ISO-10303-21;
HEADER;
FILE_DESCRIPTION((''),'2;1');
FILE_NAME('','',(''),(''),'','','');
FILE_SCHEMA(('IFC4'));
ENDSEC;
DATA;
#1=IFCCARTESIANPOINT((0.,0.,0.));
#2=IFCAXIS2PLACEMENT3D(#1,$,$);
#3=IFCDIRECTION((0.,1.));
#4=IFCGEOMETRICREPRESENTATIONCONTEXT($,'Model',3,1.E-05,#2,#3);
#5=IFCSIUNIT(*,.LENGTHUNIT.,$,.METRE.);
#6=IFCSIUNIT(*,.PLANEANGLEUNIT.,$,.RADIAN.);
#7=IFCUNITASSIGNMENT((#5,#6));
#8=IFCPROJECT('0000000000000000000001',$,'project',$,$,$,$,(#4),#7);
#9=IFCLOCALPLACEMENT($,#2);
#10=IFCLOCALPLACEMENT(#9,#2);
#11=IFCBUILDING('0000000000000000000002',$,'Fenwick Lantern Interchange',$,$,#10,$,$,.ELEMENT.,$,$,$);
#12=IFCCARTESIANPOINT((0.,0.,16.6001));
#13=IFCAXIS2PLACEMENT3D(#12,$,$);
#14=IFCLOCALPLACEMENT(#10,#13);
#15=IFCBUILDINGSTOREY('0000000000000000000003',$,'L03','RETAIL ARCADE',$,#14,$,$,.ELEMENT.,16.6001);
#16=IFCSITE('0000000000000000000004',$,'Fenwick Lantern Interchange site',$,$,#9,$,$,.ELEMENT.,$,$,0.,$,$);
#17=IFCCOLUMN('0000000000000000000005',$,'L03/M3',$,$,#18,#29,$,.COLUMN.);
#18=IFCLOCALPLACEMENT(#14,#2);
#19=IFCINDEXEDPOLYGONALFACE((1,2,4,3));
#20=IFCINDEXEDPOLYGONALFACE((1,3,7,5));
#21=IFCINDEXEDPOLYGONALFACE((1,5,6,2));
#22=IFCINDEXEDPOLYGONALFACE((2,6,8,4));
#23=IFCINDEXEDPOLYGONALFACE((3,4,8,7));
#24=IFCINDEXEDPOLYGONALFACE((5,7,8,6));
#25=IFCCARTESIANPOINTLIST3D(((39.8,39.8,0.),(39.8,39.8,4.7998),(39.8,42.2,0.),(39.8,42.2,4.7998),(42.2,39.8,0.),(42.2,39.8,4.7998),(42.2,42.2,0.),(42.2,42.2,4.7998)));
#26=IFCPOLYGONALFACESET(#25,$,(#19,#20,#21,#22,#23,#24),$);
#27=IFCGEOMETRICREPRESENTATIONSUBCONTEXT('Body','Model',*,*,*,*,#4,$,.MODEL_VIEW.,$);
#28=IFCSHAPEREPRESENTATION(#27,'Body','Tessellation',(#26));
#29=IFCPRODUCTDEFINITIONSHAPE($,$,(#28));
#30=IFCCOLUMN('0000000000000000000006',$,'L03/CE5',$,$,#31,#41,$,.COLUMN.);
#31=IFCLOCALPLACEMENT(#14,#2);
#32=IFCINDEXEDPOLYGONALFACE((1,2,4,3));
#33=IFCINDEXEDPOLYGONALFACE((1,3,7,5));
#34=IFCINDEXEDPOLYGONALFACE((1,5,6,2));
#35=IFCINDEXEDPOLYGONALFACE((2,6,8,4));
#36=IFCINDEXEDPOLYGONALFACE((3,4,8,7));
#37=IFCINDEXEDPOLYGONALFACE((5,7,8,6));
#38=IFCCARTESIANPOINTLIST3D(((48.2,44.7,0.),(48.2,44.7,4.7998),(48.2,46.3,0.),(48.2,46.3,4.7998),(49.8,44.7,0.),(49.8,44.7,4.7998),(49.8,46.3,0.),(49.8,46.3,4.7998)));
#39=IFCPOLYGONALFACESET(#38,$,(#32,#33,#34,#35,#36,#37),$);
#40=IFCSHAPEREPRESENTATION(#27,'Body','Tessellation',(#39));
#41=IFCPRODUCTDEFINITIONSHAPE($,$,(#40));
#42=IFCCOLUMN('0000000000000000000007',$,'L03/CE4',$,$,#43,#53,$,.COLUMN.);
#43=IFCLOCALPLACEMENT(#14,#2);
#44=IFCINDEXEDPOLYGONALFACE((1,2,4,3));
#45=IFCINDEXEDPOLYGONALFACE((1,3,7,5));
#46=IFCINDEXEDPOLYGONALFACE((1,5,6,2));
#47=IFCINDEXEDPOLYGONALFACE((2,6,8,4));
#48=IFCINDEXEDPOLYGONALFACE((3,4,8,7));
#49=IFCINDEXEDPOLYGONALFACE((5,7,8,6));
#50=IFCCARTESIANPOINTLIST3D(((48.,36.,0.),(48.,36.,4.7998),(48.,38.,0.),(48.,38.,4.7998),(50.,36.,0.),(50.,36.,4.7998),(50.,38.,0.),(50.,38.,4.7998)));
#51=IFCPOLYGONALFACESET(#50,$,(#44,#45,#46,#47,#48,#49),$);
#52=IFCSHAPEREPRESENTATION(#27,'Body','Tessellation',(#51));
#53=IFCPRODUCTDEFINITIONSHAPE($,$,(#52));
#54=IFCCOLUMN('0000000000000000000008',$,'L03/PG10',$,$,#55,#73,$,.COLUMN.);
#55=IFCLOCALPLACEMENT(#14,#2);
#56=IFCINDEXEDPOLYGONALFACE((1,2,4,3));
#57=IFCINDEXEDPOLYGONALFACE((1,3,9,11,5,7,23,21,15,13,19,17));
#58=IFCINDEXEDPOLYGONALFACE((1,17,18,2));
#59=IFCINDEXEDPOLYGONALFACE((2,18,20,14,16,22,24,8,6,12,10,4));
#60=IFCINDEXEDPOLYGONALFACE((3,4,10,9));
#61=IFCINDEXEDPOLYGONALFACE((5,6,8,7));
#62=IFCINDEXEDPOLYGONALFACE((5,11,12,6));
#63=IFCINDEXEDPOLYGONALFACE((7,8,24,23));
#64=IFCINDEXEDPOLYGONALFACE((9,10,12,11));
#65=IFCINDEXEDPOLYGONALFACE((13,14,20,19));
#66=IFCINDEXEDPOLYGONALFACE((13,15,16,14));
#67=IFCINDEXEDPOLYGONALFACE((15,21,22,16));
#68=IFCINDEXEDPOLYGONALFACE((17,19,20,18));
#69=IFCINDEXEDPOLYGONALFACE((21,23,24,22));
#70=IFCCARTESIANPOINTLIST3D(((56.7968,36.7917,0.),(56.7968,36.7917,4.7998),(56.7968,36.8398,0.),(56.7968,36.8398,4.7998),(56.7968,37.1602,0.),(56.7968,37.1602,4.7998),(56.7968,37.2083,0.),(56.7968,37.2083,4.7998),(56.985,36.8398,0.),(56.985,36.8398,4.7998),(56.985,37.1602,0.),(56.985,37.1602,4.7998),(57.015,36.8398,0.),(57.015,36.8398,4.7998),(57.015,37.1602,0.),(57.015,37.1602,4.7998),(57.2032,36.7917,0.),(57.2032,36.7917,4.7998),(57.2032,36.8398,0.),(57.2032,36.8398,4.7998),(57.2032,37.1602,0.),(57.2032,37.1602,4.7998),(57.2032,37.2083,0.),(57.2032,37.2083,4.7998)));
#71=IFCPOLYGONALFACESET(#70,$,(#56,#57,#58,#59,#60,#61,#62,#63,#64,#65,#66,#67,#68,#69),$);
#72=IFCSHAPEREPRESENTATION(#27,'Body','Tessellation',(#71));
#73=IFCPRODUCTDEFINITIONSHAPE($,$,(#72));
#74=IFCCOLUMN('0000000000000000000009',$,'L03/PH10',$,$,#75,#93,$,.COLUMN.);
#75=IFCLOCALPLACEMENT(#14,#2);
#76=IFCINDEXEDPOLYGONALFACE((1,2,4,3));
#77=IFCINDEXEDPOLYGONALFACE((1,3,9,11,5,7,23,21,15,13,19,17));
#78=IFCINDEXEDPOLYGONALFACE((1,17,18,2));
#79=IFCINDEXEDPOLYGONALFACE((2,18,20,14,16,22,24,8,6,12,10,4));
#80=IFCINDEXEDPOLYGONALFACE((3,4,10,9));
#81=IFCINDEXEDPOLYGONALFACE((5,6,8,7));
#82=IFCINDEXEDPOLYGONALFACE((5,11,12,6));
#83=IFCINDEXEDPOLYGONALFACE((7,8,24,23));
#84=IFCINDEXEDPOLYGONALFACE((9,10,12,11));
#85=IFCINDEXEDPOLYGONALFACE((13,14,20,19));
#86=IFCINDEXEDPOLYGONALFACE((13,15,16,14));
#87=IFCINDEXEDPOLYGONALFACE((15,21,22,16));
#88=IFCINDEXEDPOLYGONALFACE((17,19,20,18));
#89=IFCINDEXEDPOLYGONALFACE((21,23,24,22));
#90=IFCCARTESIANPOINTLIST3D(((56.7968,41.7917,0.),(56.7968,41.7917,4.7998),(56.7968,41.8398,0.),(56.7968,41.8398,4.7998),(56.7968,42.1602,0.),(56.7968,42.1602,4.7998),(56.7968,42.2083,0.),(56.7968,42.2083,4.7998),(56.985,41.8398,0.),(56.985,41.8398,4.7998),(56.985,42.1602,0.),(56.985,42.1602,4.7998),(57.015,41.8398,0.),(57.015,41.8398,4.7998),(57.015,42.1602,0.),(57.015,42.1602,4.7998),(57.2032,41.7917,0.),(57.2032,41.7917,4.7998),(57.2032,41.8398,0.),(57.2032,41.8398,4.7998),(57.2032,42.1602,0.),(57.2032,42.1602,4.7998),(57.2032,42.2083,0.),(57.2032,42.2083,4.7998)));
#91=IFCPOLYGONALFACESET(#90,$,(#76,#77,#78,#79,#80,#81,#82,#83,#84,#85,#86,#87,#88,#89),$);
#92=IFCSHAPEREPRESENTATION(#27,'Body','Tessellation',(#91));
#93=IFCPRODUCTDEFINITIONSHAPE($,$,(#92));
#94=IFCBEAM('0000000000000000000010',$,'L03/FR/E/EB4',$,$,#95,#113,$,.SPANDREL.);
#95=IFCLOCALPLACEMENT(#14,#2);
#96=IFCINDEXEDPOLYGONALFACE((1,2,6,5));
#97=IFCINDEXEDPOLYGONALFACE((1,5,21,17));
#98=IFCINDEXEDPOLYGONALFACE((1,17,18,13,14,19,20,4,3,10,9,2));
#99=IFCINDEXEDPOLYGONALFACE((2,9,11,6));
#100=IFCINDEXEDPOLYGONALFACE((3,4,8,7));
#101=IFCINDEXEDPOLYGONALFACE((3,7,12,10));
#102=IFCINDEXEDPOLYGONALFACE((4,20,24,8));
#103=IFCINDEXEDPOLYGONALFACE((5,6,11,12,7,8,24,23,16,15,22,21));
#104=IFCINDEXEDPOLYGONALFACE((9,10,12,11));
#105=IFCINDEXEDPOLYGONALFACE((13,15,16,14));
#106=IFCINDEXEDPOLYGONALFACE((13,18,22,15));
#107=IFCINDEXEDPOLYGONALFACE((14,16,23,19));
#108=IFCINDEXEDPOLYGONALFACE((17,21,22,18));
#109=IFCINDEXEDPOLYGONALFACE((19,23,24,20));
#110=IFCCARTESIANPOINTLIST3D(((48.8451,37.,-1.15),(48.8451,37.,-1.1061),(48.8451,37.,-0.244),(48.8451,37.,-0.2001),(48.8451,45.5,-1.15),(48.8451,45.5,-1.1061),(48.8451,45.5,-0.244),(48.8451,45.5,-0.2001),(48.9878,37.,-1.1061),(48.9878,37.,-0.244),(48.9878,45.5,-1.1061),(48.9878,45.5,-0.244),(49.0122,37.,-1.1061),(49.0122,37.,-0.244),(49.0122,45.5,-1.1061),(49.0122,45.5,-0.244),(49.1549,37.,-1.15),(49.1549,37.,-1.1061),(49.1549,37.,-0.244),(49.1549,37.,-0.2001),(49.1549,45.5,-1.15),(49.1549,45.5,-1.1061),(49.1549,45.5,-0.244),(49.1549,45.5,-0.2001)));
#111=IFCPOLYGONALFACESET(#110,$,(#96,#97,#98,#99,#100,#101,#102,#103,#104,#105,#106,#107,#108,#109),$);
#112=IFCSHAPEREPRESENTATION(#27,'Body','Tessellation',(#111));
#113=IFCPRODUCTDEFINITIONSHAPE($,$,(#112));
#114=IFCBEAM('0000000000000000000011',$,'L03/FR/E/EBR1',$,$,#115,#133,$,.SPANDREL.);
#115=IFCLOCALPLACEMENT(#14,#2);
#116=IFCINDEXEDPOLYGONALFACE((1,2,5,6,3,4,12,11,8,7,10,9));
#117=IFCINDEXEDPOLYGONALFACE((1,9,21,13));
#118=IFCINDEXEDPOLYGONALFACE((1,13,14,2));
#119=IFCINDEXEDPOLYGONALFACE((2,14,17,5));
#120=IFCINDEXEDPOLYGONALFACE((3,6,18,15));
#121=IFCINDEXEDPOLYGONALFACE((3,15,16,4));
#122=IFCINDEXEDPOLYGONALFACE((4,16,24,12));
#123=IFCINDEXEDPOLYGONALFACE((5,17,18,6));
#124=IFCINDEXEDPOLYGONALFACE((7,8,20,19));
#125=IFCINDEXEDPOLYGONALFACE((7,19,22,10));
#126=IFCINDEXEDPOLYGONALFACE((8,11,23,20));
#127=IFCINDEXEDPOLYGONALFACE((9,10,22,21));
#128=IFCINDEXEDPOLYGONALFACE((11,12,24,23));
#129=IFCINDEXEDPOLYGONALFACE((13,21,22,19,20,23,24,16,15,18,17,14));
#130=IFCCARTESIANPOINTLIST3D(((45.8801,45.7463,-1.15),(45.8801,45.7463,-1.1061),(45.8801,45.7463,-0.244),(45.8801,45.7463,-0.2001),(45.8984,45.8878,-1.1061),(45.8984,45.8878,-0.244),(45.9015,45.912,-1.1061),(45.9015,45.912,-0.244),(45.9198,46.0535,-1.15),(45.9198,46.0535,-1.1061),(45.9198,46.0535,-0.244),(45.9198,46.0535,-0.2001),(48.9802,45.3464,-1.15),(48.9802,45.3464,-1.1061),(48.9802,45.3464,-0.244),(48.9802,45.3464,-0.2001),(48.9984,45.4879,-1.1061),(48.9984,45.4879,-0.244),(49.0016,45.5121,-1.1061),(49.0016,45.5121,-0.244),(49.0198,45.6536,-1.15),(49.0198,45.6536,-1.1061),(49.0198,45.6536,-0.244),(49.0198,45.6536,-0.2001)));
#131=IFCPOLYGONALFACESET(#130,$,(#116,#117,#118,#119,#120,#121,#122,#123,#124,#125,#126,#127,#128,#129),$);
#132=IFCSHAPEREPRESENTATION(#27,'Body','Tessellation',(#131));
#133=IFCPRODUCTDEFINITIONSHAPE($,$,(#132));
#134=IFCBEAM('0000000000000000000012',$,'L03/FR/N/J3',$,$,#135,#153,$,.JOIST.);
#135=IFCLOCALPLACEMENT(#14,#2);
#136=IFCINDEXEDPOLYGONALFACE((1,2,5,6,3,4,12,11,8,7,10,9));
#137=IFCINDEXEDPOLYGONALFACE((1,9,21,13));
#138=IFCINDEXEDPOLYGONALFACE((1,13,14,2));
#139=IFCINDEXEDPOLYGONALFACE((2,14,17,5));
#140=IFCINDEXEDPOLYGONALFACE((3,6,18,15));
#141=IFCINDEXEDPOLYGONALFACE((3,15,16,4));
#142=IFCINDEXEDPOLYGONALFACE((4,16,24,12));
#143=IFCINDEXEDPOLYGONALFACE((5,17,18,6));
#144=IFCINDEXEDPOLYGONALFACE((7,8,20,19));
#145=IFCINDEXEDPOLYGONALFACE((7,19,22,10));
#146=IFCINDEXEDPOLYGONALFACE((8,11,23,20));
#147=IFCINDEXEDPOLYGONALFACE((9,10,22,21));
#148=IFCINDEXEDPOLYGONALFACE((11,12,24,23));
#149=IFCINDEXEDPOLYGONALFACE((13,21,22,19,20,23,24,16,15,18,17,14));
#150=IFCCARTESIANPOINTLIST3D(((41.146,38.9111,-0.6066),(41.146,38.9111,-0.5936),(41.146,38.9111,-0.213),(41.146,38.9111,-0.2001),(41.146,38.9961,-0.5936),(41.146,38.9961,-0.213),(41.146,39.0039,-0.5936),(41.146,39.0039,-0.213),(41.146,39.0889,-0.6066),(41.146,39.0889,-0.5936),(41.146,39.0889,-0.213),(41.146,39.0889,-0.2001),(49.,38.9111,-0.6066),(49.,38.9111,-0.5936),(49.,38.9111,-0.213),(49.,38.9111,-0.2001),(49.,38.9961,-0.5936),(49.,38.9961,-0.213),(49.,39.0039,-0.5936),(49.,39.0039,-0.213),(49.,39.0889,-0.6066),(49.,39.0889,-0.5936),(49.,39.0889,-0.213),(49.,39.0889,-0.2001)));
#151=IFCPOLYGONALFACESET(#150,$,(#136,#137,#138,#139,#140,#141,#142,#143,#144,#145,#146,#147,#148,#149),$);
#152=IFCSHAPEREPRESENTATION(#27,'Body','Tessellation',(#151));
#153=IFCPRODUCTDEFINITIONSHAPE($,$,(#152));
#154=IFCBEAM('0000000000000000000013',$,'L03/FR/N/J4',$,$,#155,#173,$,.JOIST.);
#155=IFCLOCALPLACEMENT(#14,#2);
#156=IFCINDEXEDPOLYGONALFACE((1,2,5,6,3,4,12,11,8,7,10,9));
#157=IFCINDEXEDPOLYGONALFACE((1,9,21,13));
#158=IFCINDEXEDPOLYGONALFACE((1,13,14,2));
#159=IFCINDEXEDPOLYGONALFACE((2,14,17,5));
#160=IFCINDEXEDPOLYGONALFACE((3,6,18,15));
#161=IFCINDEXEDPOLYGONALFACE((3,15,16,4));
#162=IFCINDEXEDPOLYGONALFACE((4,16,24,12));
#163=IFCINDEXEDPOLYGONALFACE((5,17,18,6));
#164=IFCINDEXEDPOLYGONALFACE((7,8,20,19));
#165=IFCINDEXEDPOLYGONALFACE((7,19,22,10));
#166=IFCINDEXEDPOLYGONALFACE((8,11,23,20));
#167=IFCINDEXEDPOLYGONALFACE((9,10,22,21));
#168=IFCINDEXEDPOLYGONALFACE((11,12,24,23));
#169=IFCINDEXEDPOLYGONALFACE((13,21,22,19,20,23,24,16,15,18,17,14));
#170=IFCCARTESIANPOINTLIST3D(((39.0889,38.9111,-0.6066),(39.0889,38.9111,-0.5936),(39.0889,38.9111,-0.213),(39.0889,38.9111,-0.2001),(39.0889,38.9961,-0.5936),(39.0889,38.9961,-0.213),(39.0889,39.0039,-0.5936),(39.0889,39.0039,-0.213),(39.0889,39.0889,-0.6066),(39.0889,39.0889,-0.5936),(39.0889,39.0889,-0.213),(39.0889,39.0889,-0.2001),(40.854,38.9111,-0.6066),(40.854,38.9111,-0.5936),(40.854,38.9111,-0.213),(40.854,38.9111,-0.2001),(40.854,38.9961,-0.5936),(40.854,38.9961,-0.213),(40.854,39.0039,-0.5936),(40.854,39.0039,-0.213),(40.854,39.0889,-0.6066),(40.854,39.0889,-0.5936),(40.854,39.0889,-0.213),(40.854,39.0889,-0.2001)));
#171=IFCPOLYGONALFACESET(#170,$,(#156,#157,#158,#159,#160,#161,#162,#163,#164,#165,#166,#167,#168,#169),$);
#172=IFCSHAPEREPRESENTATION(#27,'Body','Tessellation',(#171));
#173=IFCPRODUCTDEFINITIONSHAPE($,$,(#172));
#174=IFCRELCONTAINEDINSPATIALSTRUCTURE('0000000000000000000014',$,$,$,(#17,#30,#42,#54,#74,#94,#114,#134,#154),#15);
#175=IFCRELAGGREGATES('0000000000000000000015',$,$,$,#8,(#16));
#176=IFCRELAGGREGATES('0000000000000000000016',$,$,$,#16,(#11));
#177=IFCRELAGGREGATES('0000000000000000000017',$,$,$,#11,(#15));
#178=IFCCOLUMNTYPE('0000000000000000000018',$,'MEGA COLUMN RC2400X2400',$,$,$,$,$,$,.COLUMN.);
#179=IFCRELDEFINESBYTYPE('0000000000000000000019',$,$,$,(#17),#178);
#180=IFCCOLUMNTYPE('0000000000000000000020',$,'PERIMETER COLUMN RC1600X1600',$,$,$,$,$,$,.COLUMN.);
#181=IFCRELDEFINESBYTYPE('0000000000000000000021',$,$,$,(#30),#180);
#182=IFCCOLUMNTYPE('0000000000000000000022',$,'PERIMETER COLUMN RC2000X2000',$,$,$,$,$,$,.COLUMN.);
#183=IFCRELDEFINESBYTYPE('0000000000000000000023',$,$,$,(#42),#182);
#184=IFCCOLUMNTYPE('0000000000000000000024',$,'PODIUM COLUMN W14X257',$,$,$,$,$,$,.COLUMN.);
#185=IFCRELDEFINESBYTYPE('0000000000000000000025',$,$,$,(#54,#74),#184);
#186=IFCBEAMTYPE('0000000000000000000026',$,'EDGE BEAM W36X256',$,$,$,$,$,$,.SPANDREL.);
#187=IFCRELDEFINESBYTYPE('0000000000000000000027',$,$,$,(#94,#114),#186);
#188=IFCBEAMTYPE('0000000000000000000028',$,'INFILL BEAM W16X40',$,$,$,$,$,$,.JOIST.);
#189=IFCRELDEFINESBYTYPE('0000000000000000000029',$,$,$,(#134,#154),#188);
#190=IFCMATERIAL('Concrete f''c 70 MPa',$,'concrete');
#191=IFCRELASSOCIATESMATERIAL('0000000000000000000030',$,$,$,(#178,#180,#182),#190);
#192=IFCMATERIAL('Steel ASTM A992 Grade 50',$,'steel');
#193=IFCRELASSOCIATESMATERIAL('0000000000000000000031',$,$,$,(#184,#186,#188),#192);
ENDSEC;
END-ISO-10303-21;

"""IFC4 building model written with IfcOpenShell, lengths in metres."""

from ifc_helpers import new_model, si_unit, direction, frame, origin, origin_2d, place, context, subcontext, project, spatial, rectangle, i_section, extrude, material, material_profile, profile_set, type_object, element, save


model = new_model("IFC4")

# Units and contexts
model_context = context("Model", 3, precision=1e-05, world=origin(), true_north=direction((0.0, 1.0)))
body_context = subcontext(model_context, "Body", "Model", "MODEL_VIEW")
ifc_project = project(units=[si_unit("LENGTHUNIT", "METRE"), si_unit("PLANEANGLEUNIT", "RADIAN")], contexts=[model_context])

# Site, building, storey
site_placement = place(None, origin())
site = spatial("IfcSite", under=ifc_project, at=site_placement, Name="Fenwick Lantern Interchange site", CompositionType="ELEMENT", RefElevation=0.0)
building_placement = place(site_placement, origin())
building = spatial("IfcBuilding", under=site, at=building_placement, Name="Fenwick Lantern Interchange", CompositionType="ELEMENT")
storey_placement = place(building_placement, frame((0.0, 0.0, 16.6001)))
storey = spatial("IfcBuildingStorey", under=building, at=storey_placement, Name="L03", Description="RETAIL ARCADE", CompositionType="ELEMENT", Elevation=16.6001)

# Columns
ifc_material_1 = material(Name="Concrete f'c 70 MPa", Category="concrete")
ifc_material_profile_1 = material_profile(ifc_material_1, rectangle(XDim=2.3999, YDim=2.3999, at=origin_2d()), Name="RC2400X2400")
ifc_profile_set_1 = profile_set([ifc_material_profile_1], Name="Concrete f'c 70 MPa")
column_type_1 = type_object("IfcColumnType", Name="MEGA COLUMN RC2400X2400", PredefinedType="COLUMN", material=ifc_profile_set_1)
column_1_placement = place(storey_placement, frame((41.0, 41.0, 0.0), z_axis=(0.0, 0.0, 1.0), x_axis=(1.0, 0.0, 0.0)))
element("IfcColumn", 1, at=column_1_placement, inside=storey, type_object=column_type_1, Name="L03/M3", PredefinedType="COLUMN", context=body_context, shape_type="SweptSolid", body=[
    extrude(rectangle(XDim=2.3999, YDim=2.3999, at=origin_2d()), origin(), (0.0, 0.0, 1.0), 4.7998),
])
ifc_material_profile_2 = material_profile(ifc_material_1, rectangle(XDim=1.6001, YDim=1.6001, at=origin_2d()), Name="RC1600X1600")
ifc_profile_set_2 = profile_set([ifc_material_profile_2], Name="Concrete f'c 70 MPa")
column_type_2 = type_object("IfcColumnType", Name="PERIMETER COLUMN RC1600X1600", PredefinedType="COLUMN", material=ifc_profile_set_2)
column_2_placement = place(storey_placement, frame((49.0, 45.5, 0.0), z_axis=(0.0, 0.0, 1.0), x_axis=(1.0, 0.0, 0.0)))
element("IfcColumn", 2, at=column_2_placement, inside=storey, type_object=column_type_2, Name="L03/CE5", PredefinedType="COLUMN", context=body_context, shape_type="SweptSolid", body=[
    extrude(rectangle(XDim=1.6001, YDim=1.6001, at=origin_2d()), origin(), (0.0, 0.0, 1.0), 4.7998),
])
ifc_material_profile_3 = material_profile(ifc_material_1, rectangle(XDim=2.0, YDim=2.0, at=origin_2d()), Name="RC2000X2000")
ifc_profile_set_3 = profile_set([ifc_material_profile_3], Name="Concrete f'c 70 MPa")
column_type_3 = type_object("IfcColumnType", Name="PERIMETER COLUMN RC2000X2000", PredefinedType="COLUMN", material=ifc_profile_set_3)
column_3_placement = place(storey_placement, frame((49.0, 37.0, 0.0), z_axis=(0.0, 0.0, 1.0), x_axis=(1.0, 0.0, 0.0)))
element("IfcColumn", 3, at=column_3_placement, inside=storey, type_object=column_type_3, Name="L03/CE4", PredefinedType="COLUMN", context=body_context, shape_type="SweptSolid", body=[
    extrude(rectangle(XDim=2.0, YDim=2.0, at=origin_2d()), origin(), (0.0, 0.0, 1.0), 4.7998),
])
ifc_material_2 = material(Name="Steel ASTM A992 Grade 50", Category="steel")
ifc_material_profile_4 = material_profile(ifc_material_2, i_section(OverallWidth=0.4065, OverallDepth=0.4165, WebThickness=0.03, FlangeThickness=0.0481, at=origin_2d()), Name="W14X257")
ifc_profile_set_4 = profile_set([ifc_material_profile_4], Name="Steel ASTM A992 Grade 50")
column_type_4 = type_object("IfcColumnType", Name="PODIUM COLUMN W14X257", PredefinedType="COLUMN", material=ifc_profile_set_4)
for number, where, z_axis, x_axis, name in (
    (4, (57.0, 37.0, 0.0), (0.0, 0.0, 1.0), (1.0, 0.0, 0.0), "L03/PG10"),
    (5, (57.0, 42.0, 0.0), (0.0, 0.0, 1.0), (1.0, 0.0, 0.0), "L03/PH10"),
):
    element("IfcColumn", number, at=place(storey_placement, frame(where, z_axis=z_axis, x_axis=x_axis)), inside=storey, type_object=column_type_4, Name=name, PredefinedType="COLUMN", context=body_context, shape_type="SweptSolid", body=[
        extrude(i_section(OverallWidth=0.4065, OverallDepth=0.4165, WebThickness=0.03, FlangeThickness=0.0481, at=origin_2d()), origin(), (0.0, 0.0, 1.0), 4.7998),
    ])

# Beams
ifc_material_profile_5 = material_profile(ifc_material_2, i_section(OverallWidth=0.3098, OverallDepth=0.95, WebThickness=0.0244, FlangeThickness=0.0439, at=origin_2d()), Name="W36X256")
ifc_profile_set_5 = profile_set([ifc_material_profile_5], Name="Steel ASTM A992 Grade 50")
beam_type_1 = type_object("IfcBeamType", Name="EDGE BEAM W36X256", PredefinedType="SPANDREL", material=ifc_profile_set_5)
beam_1_placement = place(storey_placement, frame((49.0, 37.0, -0.675), z_axis=(0.0, 1.0, 0.0), x_axis=(-1.0, 0.0, 0.0)))
element("IfcBeam", 6, at=beam_1_placement, inside=storey, type_object=beam_type_1, Name="L03/FR/E/EB4", PredefinedType="SPANDREL", context=body_context, shape_type="SweptSolid", body=[
    extrude(i_section(OverallWidth=0.3098, OverallDepth=0.95, WebThickness=0.0244, FlangeThickness=0.0439, at=origin_2d()), origin(), (0.0, 0.0, 1.0), 8.5),
])
beam_2_placement = place(storey_placement, frame((49.0, 45.5, -0.675), z_axis=(-0.991782, 0.127937, 0.0), x_axis=(-0.127937, -0.991782, 0.0)))
element("IfcBeam", 7, at=beam_2_placement, inside=storey, type_object=beam_type_1, Name="L03/FR/E/EBR1", PredefinedType="SPANDREL", context=body_context, shape_type="SweptSolid", body=[
    extrude(i_section(OverallWidth=0.3098, OverallDepth=0.95, WebThickness=0.0244, FlangeThickness=0.0439, at=origin_2d()), origin(), (0.0, 0.0, 1.0), 3.1257),
])
ifc_material_profile_6 = material_profile(ifc_material_2, i_section(OverallWidth=0.1777, OverallDepth=0.4065, WebThickness=0.0078, FlangeThickness=0.0129, at=origin_2d()), Name="W16X40")
ifc_profile_set_6 = profile_set([ifc_material_profile_6], Name="Steel ASTM A992 Grade 50")
beam_type_2 = type_object("IfcBeamType", Name="INFILL BEAM W16X40", PredefinedType="JOIST", material=ifc_profile_set_6)
beam_3_placement = place(storey_placement, frame((49.0, 39.0, -0.4033), z_axis=(-1.0, 0.0, 0.0), x_axis=(0.0, -1.0, 0.0)))
element("IfcBeam", 8, at=beam_3_placement, inside=storey, type_object=beam_type_2, Name="L03/FR/N/J3", PredefinedType="JOIST", context=body_context, shape_type="SweptSolid", body=[
    extrude(i_section(OverallWidth=0.1777, OverallDepth=0.4065, WebThickness=0.0078, FlangeThickness=0.0129, at=origin_2d()), origin(), (0.0, 0.0, 1.0), 7.854),
])
beam_4_placement = place(storey_placement, frame((40.854, 39.0, -0.4033), z_axis=(-1.0, 0.0, 0.0), x_axis=(0.0, -1.0, 0.0)))
element("IfcBeam", 9, at=beam_4_placement, inside=storey, type_object=beam_type_2, Name="L03/FR/N/J4", PredefinedType="JOIST", context=body_context, shape_type="SweptSolid", body=[
    extrude(i_section(OverallWidth=0.1777, OverallDepth=0.4065, WebThickness=0.0078, FlangeThickness=0.0129, at=origin_2d()), origin(), (0.0, 0.0, 1.0), 1.7651),
])

save(model, "model.ifc")
